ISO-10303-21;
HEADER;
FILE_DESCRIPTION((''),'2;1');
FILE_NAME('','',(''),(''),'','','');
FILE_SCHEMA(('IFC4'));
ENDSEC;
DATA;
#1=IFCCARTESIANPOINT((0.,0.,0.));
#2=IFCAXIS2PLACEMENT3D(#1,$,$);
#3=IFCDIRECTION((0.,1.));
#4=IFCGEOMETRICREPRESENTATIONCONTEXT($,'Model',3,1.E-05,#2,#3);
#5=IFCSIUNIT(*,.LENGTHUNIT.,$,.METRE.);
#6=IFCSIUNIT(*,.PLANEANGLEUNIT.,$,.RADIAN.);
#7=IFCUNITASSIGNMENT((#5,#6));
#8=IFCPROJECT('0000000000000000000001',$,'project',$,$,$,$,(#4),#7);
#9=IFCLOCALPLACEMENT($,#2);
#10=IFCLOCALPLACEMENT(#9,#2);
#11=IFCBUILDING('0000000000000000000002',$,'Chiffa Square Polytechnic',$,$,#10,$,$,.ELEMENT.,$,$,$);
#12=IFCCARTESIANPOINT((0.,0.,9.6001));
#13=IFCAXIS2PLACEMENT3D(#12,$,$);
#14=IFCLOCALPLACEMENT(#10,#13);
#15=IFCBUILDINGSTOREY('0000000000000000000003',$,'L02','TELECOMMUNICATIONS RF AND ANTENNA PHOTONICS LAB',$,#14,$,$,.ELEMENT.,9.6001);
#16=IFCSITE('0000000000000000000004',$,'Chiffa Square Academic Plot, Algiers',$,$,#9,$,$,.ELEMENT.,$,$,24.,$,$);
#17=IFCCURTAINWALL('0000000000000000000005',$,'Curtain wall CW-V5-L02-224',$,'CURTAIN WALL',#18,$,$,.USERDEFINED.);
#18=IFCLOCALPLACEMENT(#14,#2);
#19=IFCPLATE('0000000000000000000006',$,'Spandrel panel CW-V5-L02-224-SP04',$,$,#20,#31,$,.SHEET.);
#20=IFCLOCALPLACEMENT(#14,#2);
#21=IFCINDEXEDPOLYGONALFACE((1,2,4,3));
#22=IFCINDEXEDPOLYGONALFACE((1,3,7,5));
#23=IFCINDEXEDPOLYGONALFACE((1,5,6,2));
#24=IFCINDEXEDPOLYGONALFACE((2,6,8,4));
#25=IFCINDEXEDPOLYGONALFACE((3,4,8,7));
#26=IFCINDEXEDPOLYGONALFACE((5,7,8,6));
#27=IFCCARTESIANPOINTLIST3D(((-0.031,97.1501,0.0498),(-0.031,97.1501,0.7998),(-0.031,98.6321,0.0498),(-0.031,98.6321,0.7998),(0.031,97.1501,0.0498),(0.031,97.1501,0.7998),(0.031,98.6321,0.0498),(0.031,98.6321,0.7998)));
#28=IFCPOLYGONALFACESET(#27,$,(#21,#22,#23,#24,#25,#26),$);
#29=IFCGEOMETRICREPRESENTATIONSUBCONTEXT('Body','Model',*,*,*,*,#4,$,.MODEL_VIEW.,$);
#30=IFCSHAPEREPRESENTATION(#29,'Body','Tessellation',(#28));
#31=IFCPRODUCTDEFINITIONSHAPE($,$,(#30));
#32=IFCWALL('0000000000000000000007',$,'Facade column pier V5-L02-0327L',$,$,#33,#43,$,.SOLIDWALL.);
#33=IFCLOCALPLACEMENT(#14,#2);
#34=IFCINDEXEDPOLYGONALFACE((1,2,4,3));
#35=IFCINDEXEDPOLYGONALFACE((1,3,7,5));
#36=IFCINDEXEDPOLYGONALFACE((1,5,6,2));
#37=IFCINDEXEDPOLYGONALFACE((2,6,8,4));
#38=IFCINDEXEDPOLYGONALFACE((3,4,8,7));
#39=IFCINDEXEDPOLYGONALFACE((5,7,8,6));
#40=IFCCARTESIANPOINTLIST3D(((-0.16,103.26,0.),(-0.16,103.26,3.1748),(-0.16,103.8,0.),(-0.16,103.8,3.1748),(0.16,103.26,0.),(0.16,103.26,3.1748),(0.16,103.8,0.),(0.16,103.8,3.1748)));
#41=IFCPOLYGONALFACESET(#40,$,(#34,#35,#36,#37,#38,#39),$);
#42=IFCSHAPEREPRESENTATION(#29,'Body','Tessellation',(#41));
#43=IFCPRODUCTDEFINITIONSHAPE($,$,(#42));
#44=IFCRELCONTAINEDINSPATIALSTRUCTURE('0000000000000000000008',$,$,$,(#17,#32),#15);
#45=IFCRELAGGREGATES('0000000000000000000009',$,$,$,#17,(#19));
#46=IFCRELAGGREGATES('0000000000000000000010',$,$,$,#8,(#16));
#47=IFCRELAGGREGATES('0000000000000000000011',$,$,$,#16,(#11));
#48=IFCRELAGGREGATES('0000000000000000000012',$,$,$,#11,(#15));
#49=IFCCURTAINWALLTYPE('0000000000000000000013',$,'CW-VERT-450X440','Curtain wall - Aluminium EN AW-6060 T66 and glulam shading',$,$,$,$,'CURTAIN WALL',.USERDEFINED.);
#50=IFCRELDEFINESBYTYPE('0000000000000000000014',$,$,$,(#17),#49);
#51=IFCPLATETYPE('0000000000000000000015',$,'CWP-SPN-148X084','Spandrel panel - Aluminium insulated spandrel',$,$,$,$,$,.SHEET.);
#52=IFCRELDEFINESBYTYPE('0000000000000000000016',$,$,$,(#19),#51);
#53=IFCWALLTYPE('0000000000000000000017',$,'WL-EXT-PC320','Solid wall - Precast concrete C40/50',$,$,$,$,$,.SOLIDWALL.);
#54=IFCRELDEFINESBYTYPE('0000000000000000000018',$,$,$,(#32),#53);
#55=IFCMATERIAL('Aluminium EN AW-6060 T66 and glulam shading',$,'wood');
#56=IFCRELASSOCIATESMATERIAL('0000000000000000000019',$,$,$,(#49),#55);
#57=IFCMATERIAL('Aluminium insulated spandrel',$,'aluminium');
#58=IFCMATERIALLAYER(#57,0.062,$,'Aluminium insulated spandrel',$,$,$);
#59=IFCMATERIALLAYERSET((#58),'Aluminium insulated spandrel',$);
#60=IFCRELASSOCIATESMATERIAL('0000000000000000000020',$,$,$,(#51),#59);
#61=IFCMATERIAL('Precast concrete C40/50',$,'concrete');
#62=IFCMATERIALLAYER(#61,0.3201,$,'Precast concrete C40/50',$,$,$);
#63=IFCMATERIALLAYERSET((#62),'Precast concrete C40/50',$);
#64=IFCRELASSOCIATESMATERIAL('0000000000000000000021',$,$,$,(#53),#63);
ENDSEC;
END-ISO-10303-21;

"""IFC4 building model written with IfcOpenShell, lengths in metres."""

from ifc_helpers import new_model, si_unit, direction, frame, frame_2d, origin, origin_2d, place, context, subcontext, project, spatial, rectangle, extrude, material, layer, layer_set, type_object, element, aggregate, save


model = new_model("IFC4")

# Units and contexts
model_context = context("Model", 3, precision=1e-05, world=origin(), true_north=direction((0.0, 1.0)))
body_context = subcontext(model_context, "Body", "Model", "MODEL_VIEW")
ifc_project = project(units=[si_unit("LENGTHUNIT", "METRE"), si_unit("PLANEANGLEUNIT", "RADIAN")], contexts=[model_context])

# Site, building, storey
site_placement = place(None, origin())
site = spatial("IfcSite", under=ifc_project, at=site_placement, Name="Chiffa Square Academic Plot, Algiers", CompositionType="ELEMENT", RefElevation=24.0)
building_placement = place(site_placement, origin())
building = spatial("IfcBuilding", under=site, at=building_placement, Name="Chiffa Square Polytechnic", CompositionType="ELEMENT")
storey_placement = place(building_placement, frame((0.0, 0.0, 9.6001)))
storey = spatial("IfcBuildingStorey", under=building, at=storey_placement, Name="L02", Description="TELECOMMUNICATIONS RF AND ANTENNA PHOTONICS LAB", CompositionType="ELEMENT", Elevation=9.6001)

# Curtain wall
ifc_material_1 = material(Name="Aluminium EN AW-6060 T66 and glulam shading", Category="wood")
curtain_wall_type = type_object("IfcCurtainWallType", Name="CW-VERT-450X440", Description="Curtain wall - Aluminium EN AW-6060 T66 and glulam shading", ElementType="CURTAIN WALL", PredefinedType="USERDEFINED", material=ifc_material_1)
curtain_wall_placement = place(storey_placement, origin())
curtain_wall = element("IfcCurtainWall", 1, at=curtain_wall_placement, inside=storey, type_object=curtain_wall_type, Name="Curtain wall CW-V5-L02-224", ObjectType="CURTAIN WALL", PredefinedType="USERDEFINED")

# Plate
ifc_material_2 = material(Name="Aluminium insulated spandrel", Category="aluminium")
ifc_layer_1 = layer(ifc_material_2, 0.062, Name="Aluminium insulated spandrel")
ifc_layer_set_1 = layer_set([ifc_layer_1], Name="Aluminium insulated spandrel")
plate_type_1 = type_object("IfcPlateType", Name="CWP-SPN-148X084", Description="Spandrel panel - Aluminium insulated spandrel", PredefinedType="SHEET", material=ifc_layer_set_1)
plate_1_placement = place(storey_placement, frame((0.0, 97.8911, 0.0498), z_axis=(0.0, 0.0, 1.0), x_axis=(0.0, -1.0, 0.0)))
plate_1 = element("IfcPlate", 2, at=plate_1_placement, type_object=plate_type_1, Name="Spandrel panel CW-V5-L02-224-SP04", PredefinedType="SHEET", context=body_context, shape_type="SweptSolid", body=[
    extrude(rectangle(XDim=1.4819, YDim=0.062, at=origin_2d()), origin(), (0.0, 0.0, 1.0), 0.75),
])
aggregate(curtain_wall, [plate_1])

# Wall
ifc_material_3 = material(Name="Precast concrete C40/50", Category="concrete")
ifc_layer_2 = layer(ifc_material_3, 0.3201, Name="Precast concrete C40/50")
ifc_layer_set_2 = layer_set([ifc_layer_2], Name="Precast concrete C40/50")
wall_type = type_object("IfcWallType", Name="WL-EXT-PC320", Description="Solid wall - Precast concrete C40/50", PredefinedType="SOLIDWALL", material=ifc_layer_set_2)
wall_placement = place(storey_placement, frame((0.0, 103.8, 0.0), z_axis=(0.0, 0.0, 1.0), x_axis=(0.0, -1.0, 0.0)))
element("IfcWall", 3, at=wall_placement, inside=storey, type_object=wall_type, Name="Facade column pier V5-L02-0327L", PredefinedType="SOLIDWALL", context=body_context, shape_type="SweptSolid", body=[
    extrude(rectangle(XDim=0.54, YDim=0.3201, at=frame_2d((0.27, 0.0))), origin(), (0.0, 0.0, 1.0), 3.1748),
])

save(model, "model.ifc")
